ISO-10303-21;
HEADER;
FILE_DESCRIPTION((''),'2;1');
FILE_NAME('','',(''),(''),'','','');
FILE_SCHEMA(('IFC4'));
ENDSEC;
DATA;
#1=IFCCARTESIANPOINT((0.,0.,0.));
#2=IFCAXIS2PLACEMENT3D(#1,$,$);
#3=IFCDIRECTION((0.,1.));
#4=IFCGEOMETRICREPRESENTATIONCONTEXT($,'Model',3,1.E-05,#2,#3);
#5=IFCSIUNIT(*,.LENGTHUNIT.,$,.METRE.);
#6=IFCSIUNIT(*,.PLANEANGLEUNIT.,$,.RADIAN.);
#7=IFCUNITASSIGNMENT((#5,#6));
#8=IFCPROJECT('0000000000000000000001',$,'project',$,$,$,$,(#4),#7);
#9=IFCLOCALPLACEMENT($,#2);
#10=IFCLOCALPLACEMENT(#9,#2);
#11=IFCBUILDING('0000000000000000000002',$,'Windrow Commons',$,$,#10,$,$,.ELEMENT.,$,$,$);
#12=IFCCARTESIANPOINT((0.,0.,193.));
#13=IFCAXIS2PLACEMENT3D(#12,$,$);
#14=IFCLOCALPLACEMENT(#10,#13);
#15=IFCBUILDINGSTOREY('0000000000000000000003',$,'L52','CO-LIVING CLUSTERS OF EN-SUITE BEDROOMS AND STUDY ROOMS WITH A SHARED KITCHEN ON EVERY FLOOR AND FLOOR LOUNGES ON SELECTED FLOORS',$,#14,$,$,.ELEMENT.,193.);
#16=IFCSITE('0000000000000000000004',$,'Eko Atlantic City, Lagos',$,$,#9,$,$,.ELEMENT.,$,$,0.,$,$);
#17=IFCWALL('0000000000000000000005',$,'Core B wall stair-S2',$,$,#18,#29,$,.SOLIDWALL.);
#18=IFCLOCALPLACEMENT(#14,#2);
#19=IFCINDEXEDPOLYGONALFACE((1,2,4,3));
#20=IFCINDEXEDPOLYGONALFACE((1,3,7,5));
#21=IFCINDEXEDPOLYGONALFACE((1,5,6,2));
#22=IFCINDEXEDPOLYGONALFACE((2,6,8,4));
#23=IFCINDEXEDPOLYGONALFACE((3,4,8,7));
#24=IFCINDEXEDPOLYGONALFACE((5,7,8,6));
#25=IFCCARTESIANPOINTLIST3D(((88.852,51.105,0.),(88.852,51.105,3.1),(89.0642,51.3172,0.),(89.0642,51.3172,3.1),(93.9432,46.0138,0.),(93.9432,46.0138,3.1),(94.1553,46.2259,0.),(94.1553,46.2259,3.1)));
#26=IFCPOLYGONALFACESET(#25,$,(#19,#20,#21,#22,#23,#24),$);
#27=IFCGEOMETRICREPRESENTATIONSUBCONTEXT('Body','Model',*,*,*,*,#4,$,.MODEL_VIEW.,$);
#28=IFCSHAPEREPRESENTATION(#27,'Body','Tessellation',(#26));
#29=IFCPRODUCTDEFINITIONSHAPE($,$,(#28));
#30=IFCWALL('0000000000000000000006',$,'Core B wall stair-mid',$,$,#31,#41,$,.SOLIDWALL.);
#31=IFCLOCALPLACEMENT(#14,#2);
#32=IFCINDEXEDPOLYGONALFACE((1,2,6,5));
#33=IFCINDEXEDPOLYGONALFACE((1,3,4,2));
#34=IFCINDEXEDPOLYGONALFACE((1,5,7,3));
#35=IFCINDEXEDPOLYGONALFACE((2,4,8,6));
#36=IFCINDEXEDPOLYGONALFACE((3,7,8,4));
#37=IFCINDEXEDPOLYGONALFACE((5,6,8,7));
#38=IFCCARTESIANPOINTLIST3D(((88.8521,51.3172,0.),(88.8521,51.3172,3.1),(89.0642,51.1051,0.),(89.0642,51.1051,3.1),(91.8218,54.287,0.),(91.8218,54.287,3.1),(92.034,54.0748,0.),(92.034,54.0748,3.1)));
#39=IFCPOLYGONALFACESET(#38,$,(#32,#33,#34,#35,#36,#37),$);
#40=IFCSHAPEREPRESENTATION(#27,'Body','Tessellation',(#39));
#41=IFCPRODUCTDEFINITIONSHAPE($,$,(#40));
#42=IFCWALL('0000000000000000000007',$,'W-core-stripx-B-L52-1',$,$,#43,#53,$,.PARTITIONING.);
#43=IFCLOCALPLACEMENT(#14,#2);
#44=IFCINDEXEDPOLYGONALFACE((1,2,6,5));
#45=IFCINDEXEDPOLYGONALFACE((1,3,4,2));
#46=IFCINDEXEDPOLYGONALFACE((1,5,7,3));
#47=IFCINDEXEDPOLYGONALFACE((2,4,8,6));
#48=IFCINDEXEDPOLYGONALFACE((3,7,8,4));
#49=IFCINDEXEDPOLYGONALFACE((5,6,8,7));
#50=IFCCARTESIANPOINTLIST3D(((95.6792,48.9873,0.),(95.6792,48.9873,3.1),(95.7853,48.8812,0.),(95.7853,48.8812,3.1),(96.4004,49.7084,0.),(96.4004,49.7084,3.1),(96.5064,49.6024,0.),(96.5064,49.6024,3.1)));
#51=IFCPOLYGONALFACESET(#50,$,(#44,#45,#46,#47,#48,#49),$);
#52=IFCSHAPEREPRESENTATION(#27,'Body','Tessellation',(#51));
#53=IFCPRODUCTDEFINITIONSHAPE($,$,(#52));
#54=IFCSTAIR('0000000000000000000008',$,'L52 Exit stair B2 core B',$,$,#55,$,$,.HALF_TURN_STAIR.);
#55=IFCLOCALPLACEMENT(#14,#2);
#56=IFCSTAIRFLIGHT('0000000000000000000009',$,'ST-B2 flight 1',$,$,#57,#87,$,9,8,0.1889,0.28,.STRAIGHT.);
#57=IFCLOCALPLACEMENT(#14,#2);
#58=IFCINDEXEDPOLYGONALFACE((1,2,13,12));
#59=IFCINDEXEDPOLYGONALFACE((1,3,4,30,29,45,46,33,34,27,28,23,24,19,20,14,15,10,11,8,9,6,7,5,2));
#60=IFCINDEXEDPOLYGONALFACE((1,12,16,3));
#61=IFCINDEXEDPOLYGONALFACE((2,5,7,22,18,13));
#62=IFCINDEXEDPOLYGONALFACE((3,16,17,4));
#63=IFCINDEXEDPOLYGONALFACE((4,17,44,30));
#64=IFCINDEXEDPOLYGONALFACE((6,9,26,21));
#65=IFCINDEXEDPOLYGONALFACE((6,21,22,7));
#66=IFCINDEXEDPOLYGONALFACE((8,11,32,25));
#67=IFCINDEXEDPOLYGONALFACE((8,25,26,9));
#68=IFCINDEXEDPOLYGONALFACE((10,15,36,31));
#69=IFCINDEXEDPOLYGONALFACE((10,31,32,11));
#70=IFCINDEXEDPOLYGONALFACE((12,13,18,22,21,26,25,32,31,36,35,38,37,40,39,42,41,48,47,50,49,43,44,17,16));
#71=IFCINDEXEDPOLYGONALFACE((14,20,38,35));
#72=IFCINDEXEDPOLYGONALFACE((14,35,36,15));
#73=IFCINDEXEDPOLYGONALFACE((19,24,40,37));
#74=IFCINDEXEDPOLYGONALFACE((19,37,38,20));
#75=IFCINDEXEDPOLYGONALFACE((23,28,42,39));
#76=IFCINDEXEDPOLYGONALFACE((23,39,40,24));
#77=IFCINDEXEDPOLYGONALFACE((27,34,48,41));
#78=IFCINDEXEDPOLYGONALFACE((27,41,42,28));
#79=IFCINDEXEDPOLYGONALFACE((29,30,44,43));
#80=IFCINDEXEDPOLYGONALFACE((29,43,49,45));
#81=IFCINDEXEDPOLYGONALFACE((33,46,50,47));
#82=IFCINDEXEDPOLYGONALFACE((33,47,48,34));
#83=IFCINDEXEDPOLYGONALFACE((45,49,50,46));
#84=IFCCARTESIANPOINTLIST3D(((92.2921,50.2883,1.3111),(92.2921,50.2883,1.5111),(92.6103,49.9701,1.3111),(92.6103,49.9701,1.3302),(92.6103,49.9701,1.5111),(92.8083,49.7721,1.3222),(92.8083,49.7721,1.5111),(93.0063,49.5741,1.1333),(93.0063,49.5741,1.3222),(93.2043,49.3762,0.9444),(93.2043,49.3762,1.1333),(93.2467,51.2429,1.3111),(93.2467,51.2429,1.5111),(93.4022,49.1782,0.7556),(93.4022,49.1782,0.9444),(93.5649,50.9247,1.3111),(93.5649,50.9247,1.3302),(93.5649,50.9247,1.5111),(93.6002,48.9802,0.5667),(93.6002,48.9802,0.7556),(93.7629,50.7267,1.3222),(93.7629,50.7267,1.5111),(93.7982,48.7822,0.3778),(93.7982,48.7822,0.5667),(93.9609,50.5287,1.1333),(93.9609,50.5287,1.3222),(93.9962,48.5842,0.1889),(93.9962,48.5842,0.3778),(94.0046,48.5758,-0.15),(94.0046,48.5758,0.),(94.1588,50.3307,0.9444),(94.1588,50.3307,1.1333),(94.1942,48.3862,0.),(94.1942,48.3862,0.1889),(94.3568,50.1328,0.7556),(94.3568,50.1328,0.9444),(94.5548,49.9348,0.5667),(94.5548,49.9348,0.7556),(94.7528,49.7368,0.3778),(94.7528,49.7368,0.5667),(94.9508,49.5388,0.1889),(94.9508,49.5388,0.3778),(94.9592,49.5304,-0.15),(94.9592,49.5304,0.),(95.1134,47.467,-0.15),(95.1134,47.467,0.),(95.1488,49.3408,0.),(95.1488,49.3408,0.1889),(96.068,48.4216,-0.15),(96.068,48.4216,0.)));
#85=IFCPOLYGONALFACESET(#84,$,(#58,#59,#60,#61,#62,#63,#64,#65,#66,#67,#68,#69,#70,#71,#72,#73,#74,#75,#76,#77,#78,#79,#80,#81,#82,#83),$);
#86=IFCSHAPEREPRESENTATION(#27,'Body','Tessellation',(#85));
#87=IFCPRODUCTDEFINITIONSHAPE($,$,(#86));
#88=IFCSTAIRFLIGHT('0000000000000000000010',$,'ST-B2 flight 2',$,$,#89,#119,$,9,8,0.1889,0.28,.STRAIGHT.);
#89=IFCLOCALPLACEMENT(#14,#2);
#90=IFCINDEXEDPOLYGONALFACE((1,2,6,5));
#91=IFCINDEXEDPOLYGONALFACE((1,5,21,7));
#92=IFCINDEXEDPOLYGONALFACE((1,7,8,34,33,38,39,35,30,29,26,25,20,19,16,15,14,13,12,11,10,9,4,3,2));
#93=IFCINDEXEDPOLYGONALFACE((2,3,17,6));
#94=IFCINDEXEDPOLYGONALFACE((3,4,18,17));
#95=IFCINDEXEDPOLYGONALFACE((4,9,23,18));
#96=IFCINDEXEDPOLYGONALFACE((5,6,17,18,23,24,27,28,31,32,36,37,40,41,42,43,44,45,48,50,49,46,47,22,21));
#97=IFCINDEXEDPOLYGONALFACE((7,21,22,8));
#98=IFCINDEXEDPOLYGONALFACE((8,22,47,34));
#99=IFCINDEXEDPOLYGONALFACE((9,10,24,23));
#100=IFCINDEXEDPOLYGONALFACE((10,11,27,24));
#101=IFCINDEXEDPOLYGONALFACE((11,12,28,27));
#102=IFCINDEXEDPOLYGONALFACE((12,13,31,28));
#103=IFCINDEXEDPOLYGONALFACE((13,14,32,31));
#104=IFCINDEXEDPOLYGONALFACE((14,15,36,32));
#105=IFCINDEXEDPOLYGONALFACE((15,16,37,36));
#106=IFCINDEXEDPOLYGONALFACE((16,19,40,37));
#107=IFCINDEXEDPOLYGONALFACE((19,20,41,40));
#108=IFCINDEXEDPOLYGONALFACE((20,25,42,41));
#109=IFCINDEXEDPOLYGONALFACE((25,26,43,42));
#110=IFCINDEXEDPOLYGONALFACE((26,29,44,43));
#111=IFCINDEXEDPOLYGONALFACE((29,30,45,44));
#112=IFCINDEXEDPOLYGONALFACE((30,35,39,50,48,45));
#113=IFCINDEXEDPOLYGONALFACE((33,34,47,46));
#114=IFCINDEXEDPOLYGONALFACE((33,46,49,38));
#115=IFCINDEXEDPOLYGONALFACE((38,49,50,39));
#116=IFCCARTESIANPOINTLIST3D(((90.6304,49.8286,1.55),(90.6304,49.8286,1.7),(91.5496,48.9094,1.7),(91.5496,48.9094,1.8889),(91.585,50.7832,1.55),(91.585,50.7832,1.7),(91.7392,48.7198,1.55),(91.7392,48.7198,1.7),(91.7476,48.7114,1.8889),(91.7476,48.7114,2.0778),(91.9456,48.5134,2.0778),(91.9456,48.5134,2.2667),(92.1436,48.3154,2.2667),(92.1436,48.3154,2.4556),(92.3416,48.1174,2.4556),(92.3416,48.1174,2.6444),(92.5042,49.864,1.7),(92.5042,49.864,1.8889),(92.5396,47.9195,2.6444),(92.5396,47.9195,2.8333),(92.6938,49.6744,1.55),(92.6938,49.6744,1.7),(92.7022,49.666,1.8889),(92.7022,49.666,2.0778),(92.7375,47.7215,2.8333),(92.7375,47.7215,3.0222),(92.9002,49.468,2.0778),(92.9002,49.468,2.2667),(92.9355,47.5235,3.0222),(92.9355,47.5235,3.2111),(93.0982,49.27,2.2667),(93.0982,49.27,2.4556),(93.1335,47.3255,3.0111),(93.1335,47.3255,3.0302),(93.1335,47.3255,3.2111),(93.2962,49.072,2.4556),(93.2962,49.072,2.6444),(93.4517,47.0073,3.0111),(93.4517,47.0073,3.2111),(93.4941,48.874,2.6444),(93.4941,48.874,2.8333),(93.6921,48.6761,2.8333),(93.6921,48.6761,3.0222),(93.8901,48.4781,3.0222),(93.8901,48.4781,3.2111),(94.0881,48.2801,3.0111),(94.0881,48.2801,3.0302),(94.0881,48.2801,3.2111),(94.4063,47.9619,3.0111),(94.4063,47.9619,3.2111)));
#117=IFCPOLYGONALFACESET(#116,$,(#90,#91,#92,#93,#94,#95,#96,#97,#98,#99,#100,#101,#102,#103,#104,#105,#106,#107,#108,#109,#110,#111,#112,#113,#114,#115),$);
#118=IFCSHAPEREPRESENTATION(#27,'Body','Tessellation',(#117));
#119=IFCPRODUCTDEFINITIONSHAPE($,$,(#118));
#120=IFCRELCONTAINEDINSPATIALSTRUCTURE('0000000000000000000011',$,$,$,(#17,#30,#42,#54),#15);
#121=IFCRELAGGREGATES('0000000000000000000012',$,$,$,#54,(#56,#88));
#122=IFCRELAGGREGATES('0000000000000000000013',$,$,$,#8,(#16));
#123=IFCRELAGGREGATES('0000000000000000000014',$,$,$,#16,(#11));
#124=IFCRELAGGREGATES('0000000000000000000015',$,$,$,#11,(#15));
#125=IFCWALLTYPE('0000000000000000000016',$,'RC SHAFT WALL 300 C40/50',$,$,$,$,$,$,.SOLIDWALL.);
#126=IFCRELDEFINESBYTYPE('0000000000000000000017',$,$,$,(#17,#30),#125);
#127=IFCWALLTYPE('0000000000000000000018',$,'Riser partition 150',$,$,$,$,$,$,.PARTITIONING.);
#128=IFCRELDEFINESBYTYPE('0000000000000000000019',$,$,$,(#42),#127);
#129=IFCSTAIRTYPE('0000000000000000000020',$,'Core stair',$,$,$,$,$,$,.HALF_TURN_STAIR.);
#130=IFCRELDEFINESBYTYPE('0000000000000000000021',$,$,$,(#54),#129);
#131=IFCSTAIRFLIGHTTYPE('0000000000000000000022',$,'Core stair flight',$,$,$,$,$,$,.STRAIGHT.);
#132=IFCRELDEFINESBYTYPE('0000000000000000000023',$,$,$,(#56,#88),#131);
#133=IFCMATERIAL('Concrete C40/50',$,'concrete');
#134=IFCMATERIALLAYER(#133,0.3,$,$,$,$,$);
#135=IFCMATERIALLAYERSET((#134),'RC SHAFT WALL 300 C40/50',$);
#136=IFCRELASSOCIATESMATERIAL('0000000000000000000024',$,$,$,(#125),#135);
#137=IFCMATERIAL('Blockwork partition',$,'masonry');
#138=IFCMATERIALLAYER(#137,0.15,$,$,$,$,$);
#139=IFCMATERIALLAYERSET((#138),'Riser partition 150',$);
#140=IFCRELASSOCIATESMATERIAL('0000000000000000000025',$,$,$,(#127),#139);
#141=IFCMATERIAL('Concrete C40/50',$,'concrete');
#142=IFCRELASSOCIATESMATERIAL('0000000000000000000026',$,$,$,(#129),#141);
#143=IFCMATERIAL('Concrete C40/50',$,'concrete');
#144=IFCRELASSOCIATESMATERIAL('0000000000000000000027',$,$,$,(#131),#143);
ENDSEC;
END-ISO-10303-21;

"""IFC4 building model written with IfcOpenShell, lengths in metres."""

from ifc_helpers import new_model, si_unit, direction, frame, frame_2d, origin, place, context, subcontext, project, spatial, polyline, rectangle, outline, extrude, material, layer, layer_set, type_object, element, aggregate, save


model = new_model("IFC4")

# Units and contexts
model_context = context("Model", 3, precision=1e-05, world=origin(), true_north=direction((0.0, 1.0)))
body_context = subcontext(model_context, "Body", "Model", "MODEL_VIEW")
ifc_project = project(units=[si_unit("LENGTHUNIT", "METRE"), si_unit("PLANEANGLEUNIT", "RADIAN")], contexts=[model_context])

# Site, building, storey
site_placement = place(None, origin())
site = spatial("IfcSite", under=ifc_project, at=site_placement, Name="Eko Atlantic City, Lagos", CompositionType="ELEMENT", RefElevation=0.0)
building_placement = place(site_placement, origin())
building = spatial("IfcBuilding", under=site, at=building_placement, Name="Windrow Commons", CompositionType="ELEMENT")
storey_placement = place(building_placement, frame((0.0, 0.0, 193.0)))
storey = spatial("IfcBuildingStorey", under=building, at=storey_placement, Name="L52", Description="CO-LIVING CLUSTERS OF EN-SUITE BEDROOMS AND STUDY ROOMS WITH A SHARED KITCHEN ON EVERY FLOOR AND FLOOR LOUNGES ON SELECTED FLOORS", CompositionType="ELEMENT", Elevation=193.0)

# Walls
ifc_material_1 = material(Name="Concrete C40/50", Category="concrete")
ifc_layer_1 = layer(ifc_material_1, 0.3)
ifc_layer_set_1 = layer_set([ifc_layer_1], Name="RC SHAFT WALL 300 C40/50")
wall_type_1 = type_object("IfcWallType", Name="RC SHAFT WALL 300 C40/50", PredefinedType="SOLIDWALL", material=ifc_layer_set_1)
wall_1_placement = place(storey_placement, frame((88.9581, 51.2111, 0.0), z_axis=(0.0, 0.0, 1.0), x_axis=(0.7071, -0.707114, 0.0)))
element("IfcWall", 1, at=wall_1_placement, inside=storey, type_object=wall_type_1, Name="Core B wall stair-S2", PredefinedType="SOLIDWALL", context=body_context, shape_type="SweptSolid", body=[
    extrude(rectangle(XDim=7.2, YDim=0.3, at=frame_2d((3.6, 0.0))), origin(), (0.0, 0.0, 1.0), 3.1),
])
wall_2_placement = place(storey_placement, frame((88.9581, 51.2111, 0.0), z_axis=(0.0, 0.0, 1.0), x_axis=(0.707107, 0.707107, 0.0)))
element("IfcWall", 2, at=wall_2_placement, inside=storey, type_object=wall_type_1, Name="Core B wall stair-mid", PredefinedType="SOLIDWALL", context=body_context, shape_type="SweptSolid", body=[
    extrude(rectangle(XDim=4.1999, YDim=0.3, at=frame_2d((2.1, 0.0))), origin(), (0.0, 0.0, 1.0), 3.1),
])
ifc_material_2 = material(Name="Blockwork partition", Category="masonry")
ifc_layer_2 = layer(ifc_material_2, 0.15)
ifc_layer_set_2 = layer_set([ifc_layer_2], Name="Riser partition 150")
wall_type_2 = type_object("IfcWallType", Name="Riser partition 150", PredefinedType="PARTITIONING", material=ifc_layer_set_2)
wall_3_placement = place(storey_placement, frame((95.7322, 48.9342, 0.0), z_axis=(0.0, 0.0, 1.0), x_axis=(0.707107, 0.707107, 0.0)))
element("IfcWall", 3, at=wall_3_placement, inside=storey, type_object=wall_type_2, Name="W-core-stripx-B-L52-1", PredefinedType="PARTITIONING", context=body_context, shape_type="SweptSolid", body=[
    extrude(rectangle(XDim=1.0199, YDim=0.15, at=frame_2d((0.51, 0.0))), origin(), (0.0, 0.0, 1.0), 3.1),
])

# Stair, stair flights
ifc_material_3 = material(Name="Concrete C40/50", Category="concrete")
stair_type = type_object("IfcStairType", Name="Core stair", PredefinedType="HALF_TURN_STAIR", material=ifc_material_3)
stair_placement = place(storey_placement, origin())
stair = element("IfcStair", 4, at=stair_placement, inside=storey, type_object=stair_type, Name="L52 Exit stair B2 core B", PredefinedType="HALF_TURN_STAIR")
ifc_material_4 = material(Name="Concrete C40/50", Category="concrete")
stair_flight_type = type_object("IfcStairFlightType", Name="Core stair flight", PredefinedType="STRAIGHT", material=ifc_material_4)
stair_flight_1_placement = place(storey_placement, frame((94.6715, 48.8635, 0.0), z_axis=(0.0, 0.0, 1.0), x_axis=(-0.707107, 0.707107, 0.0)))
stair_flight_1 = element("IfcStairFlight", 5, at=stair_flight_1_placement, type_object=stair_flight_type, Name="ST-B2 flight 1", NumberOfRisers=9, NumberOfTreads=8, PredefinedType="STRAIGHT", RiserHeight=0.1889, TreadLength=0.28, context=body_context, shape_type="SweptSolid", body=[
    extrude(outline(polyline([(-1.3, -0.15), (-1.3, 0.0), (0.0, 0.0), (0.0, 0.1889), (0.28, 0.1889), (0.28, 0.3778), (0.56, 0.3778), (0.56, 0.5667), (0.84, 0.5667), (0.84, 0.7556), (1.12, 0.7556), (1.12, 0.9444), (1.4, 0.9444), (1.4, 1.1333), (1.68, 1.1333), (1.68, 1.3222), (1.96, 1.3222), (1.96, 1.5111), (2.24, 1.5111), (2.69, 1.5111), (2.69, 1.3111), (2.24, 1.3111), (2.24, 1.3302), (0.2682, 0.0), (0.2682, -0.15), (-1.3, -0.15)])), frame((0.0, 0.675, 0.0), z_axis=(0.0, -1.0, 0.0), x_axis=(1.0, 0.0, 0.0)), (0.0, 0.0, 1.0), 1.35),
])
stair_flight_2_placement = place(storey_placement, frame((92.0269, 49.3867, 1.7), z_axis=(0.0, 0.0, 1.0), x_axis=(0.707107, -0.707107, 0.0)))
stair_flight_2 = element("IfcStairFlight", 6, at=stair_flight_2_placement, type_object=stair_flight_type, Name="ST-B2 flight 2", NumberOfRisers=9, NumberOfTreads=8, PredefinedType="STRAIGHT", RiserHeight=0.1889, TreadLength=0.28, context=body_context, shape_type="SweptSolid", body=[
    extrude(outline(polyline([(-1.3, -0.15), (-1.3, 0.0), (0.0, 0.0), (0.0, 0.1889), (0.28, 0.1889), (0.28, 0.3778), (0.56, 0.3778), (0.56, 0.5667), (0.84, 0.5667), (0.84, 0.7556), (1.12, 0.7556), (1.12, 0.9444), (1.4, 0.9444), (1.4, 1.1333), (1.68, 1.1333), (1.68, 1.3222), (1.96, 1.3222), (1.96, 1.5111), (2.24, 1.5111), (2.69, 1.5111), (2.69, 1.3111), (2.24, 1.3111), (2.24, 1.3302), (0.2682, 0.0), (0.2682, -0.15), (-1.3, -0.15)])), frame((0.0, 0.675, 0.0), z_axis=(0.0, -1.0, 0.0), x_axis=(1.0, 0.0, 0.0)), (0.0, 0.0, 1.0), 1.35),
])
aggregate(stair, [stair_flight_1, stair_flight_2])

save(model, "model.ifc")
